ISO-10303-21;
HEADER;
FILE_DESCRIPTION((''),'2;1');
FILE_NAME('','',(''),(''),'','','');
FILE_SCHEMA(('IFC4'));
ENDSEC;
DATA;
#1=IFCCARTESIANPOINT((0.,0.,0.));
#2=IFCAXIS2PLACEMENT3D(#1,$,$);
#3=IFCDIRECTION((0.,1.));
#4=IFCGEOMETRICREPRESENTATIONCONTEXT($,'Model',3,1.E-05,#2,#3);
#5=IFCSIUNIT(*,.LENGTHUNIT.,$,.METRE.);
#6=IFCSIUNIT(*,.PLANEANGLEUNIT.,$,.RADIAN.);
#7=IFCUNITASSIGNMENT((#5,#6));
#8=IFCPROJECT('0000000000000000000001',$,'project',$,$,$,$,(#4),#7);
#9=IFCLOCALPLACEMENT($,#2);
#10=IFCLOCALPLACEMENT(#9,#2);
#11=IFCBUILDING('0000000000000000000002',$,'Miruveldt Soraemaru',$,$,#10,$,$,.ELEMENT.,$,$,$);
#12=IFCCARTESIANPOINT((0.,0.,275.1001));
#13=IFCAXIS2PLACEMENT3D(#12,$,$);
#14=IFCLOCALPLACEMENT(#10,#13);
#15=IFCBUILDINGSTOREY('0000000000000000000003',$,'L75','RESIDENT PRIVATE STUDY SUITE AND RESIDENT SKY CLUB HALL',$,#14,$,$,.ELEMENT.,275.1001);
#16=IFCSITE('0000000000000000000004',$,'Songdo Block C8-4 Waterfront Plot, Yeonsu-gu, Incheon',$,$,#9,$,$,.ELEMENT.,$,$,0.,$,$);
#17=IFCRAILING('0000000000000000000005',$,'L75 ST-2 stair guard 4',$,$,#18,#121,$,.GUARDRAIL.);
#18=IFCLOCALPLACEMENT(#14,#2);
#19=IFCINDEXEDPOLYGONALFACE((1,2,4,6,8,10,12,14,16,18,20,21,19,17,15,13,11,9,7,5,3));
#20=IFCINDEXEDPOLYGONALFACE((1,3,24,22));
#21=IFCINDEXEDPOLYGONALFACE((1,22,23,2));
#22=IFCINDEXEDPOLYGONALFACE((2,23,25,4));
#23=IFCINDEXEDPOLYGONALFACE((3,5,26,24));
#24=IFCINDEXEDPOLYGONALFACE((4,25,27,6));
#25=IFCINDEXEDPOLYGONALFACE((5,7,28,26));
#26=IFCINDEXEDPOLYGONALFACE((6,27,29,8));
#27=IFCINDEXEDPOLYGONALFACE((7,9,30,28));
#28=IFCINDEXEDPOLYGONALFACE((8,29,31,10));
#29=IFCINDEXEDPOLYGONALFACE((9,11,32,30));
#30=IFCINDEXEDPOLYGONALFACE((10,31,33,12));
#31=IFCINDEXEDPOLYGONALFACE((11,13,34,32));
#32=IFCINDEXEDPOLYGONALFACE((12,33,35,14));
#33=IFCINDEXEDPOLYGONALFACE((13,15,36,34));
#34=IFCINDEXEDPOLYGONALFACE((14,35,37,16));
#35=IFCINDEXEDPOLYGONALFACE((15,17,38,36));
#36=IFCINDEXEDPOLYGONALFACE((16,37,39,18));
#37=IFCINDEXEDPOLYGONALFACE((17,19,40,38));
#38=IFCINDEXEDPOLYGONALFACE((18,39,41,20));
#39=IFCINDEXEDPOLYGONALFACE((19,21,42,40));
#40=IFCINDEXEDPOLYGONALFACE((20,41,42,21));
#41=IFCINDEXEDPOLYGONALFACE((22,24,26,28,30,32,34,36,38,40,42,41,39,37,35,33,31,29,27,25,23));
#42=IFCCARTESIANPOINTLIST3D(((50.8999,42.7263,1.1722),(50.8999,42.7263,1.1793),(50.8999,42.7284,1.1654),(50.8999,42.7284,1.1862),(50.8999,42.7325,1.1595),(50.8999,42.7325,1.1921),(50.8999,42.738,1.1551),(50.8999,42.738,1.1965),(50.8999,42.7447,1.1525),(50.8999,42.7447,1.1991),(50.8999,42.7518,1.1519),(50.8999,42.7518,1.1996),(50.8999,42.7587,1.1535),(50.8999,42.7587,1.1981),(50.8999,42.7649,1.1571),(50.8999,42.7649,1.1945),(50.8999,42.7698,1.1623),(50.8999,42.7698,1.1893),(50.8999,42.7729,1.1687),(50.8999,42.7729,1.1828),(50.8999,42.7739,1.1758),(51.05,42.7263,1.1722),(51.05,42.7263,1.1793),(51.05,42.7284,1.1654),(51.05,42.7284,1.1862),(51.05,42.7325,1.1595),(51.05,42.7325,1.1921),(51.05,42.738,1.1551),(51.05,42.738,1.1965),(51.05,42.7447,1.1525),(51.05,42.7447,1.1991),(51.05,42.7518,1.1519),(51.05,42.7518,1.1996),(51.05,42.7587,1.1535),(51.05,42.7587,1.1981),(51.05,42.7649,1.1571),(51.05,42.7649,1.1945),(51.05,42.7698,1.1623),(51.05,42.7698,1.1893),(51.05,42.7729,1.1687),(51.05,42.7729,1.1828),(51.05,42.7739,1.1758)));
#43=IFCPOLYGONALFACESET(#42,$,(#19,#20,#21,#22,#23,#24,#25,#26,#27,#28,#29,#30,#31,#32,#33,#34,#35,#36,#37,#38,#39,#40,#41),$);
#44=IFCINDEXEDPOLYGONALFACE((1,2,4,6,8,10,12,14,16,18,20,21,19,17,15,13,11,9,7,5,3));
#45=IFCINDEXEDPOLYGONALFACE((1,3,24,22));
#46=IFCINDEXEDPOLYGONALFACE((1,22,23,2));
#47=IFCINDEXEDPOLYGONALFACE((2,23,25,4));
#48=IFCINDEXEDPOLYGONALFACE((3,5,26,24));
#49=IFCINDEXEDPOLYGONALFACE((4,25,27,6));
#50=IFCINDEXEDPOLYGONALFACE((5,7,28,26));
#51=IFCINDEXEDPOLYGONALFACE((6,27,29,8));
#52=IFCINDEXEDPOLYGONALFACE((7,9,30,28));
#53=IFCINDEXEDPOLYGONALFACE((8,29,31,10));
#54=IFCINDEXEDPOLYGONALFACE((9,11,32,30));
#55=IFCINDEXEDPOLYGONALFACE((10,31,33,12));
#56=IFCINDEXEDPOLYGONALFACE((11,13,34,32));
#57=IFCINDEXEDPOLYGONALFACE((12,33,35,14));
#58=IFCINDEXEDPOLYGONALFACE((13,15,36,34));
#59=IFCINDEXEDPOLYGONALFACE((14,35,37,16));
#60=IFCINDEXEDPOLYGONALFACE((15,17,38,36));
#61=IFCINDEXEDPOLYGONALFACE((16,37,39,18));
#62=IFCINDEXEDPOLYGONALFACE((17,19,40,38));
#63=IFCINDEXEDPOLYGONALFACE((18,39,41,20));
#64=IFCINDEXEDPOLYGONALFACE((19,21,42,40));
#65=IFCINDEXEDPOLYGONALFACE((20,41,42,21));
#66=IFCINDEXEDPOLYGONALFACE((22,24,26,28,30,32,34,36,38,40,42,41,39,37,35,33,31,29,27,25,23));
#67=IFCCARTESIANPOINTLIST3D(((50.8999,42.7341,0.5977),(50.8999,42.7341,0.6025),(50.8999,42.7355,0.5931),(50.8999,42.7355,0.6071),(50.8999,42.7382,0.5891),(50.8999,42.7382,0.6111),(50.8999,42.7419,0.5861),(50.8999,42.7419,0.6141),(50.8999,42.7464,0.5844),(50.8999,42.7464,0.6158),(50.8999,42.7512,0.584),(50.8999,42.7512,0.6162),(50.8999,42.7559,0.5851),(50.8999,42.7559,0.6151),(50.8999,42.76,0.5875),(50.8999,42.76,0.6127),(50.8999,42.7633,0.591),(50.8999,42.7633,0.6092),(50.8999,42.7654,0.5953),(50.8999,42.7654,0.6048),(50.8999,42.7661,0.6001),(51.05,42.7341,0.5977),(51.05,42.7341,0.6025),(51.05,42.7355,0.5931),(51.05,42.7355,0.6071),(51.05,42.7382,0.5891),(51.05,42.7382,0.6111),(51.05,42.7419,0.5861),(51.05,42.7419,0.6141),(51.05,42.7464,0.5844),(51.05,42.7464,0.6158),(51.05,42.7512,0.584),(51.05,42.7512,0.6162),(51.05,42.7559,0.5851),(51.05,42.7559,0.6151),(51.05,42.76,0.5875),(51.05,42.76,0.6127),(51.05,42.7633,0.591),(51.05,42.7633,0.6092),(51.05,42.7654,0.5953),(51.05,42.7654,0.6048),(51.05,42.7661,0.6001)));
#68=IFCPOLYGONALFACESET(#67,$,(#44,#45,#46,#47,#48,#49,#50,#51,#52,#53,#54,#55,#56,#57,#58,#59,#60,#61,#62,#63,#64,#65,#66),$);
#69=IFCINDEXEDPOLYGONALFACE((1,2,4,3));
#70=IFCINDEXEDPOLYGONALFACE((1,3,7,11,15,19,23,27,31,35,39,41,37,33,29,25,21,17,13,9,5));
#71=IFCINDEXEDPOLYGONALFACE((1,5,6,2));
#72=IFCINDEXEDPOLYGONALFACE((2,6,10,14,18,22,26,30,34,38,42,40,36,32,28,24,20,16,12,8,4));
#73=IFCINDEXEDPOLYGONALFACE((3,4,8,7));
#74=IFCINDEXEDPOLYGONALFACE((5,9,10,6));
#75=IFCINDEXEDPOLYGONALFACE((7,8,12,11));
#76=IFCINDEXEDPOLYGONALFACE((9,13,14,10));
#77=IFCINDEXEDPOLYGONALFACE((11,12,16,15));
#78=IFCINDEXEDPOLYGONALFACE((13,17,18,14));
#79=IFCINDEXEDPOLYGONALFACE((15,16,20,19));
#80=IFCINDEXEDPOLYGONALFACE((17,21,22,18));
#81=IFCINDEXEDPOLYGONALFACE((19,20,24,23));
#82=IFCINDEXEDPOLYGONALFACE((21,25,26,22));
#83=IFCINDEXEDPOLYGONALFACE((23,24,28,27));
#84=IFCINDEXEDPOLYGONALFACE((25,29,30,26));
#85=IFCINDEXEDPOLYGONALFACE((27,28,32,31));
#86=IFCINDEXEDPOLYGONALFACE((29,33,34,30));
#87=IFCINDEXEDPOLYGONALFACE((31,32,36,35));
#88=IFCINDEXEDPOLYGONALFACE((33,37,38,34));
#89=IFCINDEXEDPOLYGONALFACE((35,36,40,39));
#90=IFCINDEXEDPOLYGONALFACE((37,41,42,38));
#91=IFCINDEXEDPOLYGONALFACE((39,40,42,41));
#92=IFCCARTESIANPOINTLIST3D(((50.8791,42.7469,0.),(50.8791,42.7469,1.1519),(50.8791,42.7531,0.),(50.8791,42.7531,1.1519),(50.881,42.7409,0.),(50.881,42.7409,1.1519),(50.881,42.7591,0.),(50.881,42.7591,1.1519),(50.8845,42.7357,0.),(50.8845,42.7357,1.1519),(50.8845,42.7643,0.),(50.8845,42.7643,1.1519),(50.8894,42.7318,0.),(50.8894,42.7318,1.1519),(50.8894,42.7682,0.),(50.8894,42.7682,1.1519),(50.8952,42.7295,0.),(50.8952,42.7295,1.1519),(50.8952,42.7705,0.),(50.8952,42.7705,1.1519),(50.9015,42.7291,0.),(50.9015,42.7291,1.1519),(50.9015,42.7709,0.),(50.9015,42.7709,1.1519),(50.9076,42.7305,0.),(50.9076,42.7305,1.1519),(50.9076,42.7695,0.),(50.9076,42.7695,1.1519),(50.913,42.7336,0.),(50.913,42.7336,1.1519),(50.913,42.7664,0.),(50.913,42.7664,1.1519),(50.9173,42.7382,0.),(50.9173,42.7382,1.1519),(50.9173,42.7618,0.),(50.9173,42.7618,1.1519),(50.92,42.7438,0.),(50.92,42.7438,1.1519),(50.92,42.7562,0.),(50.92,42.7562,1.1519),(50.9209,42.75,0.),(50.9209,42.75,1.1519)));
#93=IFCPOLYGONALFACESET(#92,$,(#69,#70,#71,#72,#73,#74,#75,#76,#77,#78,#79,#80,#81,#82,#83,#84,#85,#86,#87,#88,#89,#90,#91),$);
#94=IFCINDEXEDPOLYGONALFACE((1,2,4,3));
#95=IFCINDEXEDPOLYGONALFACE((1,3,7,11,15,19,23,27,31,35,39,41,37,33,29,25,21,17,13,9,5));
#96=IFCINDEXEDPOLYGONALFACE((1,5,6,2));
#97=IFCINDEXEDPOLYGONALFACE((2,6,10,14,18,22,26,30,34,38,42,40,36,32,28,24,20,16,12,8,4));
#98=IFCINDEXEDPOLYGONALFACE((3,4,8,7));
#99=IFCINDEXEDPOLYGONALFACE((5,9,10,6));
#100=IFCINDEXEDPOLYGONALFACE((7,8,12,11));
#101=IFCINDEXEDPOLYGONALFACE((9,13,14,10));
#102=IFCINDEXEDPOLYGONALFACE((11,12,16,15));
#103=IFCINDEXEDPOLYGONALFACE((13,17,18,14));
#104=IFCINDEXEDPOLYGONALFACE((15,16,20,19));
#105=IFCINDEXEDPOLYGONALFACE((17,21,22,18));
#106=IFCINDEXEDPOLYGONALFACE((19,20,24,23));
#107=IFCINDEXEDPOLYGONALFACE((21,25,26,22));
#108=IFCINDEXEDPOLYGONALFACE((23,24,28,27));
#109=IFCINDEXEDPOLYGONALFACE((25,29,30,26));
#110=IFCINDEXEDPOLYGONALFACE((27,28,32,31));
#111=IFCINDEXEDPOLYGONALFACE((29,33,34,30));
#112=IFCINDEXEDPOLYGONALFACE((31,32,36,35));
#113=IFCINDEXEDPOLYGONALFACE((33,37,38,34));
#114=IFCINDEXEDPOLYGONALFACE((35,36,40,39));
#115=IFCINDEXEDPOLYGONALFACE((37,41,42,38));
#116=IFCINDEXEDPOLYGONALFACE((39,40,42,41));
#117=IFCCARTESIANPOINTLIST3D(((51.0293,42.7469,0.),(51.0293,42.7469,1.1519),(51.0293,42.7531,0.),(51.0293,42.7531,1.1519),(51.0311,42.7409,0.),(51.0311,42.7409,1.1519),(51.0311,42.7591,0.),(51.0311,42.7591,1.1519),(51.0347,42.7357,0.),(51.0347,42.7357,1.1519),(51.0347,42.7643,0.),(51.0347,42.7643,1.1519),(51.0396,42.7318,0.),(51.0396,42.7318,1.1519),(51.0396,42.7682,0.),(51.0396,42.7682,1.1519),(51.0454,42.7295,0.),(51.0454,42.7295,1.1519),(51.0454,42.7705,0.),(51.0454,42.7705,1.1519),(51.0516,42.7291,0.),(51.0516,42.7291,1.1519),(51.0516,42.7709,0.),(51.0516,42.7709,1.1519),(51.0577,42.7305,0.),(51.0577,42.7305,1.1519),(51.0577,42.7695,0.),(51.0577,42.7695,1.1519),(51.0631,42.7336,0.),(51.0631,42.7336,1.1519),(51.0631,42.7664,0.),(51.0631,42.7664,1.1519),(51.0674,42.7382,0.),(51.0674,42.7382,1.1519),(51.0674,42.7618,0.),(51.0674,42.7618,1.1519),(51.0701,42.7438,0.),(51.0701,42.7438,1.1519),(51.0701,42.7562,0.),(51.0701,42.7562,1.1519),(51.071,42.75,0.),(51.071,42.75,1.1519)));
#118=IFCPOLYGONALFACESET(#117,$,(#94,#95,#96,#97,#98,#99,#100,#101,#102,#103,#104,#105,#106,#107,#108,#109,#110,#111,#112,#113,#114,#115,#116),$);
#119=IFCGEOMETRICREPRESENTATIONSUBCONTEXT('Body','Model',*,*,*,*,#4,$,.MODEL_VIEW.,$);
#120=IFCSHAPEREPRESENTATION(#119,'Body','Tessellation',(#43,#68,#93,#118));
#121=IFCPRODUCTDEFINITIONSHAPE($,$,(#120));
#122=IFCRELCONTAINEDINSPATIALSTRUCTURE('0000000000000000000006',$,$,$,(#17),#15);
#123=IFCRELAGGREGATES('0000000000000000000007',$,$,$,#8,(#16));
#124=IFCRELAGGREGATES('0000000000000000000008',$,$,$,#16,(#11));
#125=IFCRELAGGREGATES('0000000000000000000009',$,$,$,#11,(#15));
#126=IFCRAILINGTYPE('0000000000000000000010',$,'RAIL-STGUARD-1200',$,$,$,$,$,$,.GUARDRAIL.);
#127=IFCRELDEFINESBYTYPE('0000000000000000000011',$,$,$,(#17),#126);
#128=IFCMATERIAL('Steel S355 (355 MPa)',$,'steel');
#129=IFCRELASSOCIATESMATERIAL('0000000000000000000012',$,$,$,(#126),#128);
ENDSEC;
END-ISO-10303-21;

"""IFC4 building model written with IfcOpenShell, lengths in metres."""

from ifc_helpers import new_model, si_unit, direction, frame, origin, origin_2d, place, context, subcontext, project, spatial, circle, extrude, material, type_object, element, save


model = new_model("IFC4")

# Units and contexts
model_context = context("Model", 3, precision=1e-05, world=origin(), true_north=direction((0.0, 1.0)))
body_context = subcontext(model_context, "Body", "Model", "MODEL_VIEW")
ifc_project = project(units=[si_unit("LENGTHUNIT", "METRE"), si_unit("PLANEANGLEUNIT", "RADIAN")], contexts=[model_context])

# Site, building, storey
site_placement = place(None, origin())
site = spatial("IfcSite", under=ifc_project, at=site_placement, Name="Songdo Block C8-4 Waterfront Plot, Yeonsu-gu, Incheon", CompositionType="ELEMENT", RefElevation=0.0)
building_placement = place(site_placement, origin())
building = spatial("IfcBuilding", under=site, at=building_placement, Name="Miruveldt Soraemaru", CompositionType="ELEMENT")
storey_placement = place(building_placement, frame((0.0, 0.0, 275.1001)))
storey = spatial("IfcBuildingStorey", under=building, at=storey_placement, Name="L75", Description="RESIDENT PRIVATE STUDY SUITE AND RESIDENT SKY CLUB HALL", CompositionType="ELEMENT", Elevation=275.1001)

# Railing
ifc_material_1 = material(Name="Steel S355 (355 MPa)", Category="steel")
railing_type_1 = type_object("IfcRailingType", Name="RAIL-STGUARD-1200", PredefinedType="GUARDRAIL", material=ifc_material_1)
railing_1_placement = place(storey_placement, frame((50.8999, 42.75, 0.0)))
element("IfcRailing", 1, at=railing_1_placement, inside=storey, type_object=railing_type_1, Name="L75 ST-2 stair guard 4", PredefinedType="GUARDRAIL", context=body_context, shape_type="SweptSolid", body=[
    extrude(circle(Radius=0.0239, at=origin_2d()), frame((0.0, 0.0, 1.1758), z_axis=(1.0, 0.0, 0.0), x_axis=(0.0, 1.0, 0.0)), (0.0, 0.0, 1.0), 0.1501),
    extrude(circle(Radius=0.0161, at=origin_2d()), frame((0.0, 0.0, 0.6001), z_axis=(1.0, 0.0, 0.0), x_axis=(0.0, 1.0, 0.0)), (0.0, 0.0, 1.0), 0.1501),
    extrude(circle(Radius=0.021, at=origin_2d()), origin(), (0.0, 0.0, 1.0), 1.1519),
    extrude(circle(Radius=0.021, at=origin_2d()), frame((0.1501, 0.0, 0.0)), (0.0, 0.0, 1.0), 1.1519),
])

save(model, "model.ifc")
